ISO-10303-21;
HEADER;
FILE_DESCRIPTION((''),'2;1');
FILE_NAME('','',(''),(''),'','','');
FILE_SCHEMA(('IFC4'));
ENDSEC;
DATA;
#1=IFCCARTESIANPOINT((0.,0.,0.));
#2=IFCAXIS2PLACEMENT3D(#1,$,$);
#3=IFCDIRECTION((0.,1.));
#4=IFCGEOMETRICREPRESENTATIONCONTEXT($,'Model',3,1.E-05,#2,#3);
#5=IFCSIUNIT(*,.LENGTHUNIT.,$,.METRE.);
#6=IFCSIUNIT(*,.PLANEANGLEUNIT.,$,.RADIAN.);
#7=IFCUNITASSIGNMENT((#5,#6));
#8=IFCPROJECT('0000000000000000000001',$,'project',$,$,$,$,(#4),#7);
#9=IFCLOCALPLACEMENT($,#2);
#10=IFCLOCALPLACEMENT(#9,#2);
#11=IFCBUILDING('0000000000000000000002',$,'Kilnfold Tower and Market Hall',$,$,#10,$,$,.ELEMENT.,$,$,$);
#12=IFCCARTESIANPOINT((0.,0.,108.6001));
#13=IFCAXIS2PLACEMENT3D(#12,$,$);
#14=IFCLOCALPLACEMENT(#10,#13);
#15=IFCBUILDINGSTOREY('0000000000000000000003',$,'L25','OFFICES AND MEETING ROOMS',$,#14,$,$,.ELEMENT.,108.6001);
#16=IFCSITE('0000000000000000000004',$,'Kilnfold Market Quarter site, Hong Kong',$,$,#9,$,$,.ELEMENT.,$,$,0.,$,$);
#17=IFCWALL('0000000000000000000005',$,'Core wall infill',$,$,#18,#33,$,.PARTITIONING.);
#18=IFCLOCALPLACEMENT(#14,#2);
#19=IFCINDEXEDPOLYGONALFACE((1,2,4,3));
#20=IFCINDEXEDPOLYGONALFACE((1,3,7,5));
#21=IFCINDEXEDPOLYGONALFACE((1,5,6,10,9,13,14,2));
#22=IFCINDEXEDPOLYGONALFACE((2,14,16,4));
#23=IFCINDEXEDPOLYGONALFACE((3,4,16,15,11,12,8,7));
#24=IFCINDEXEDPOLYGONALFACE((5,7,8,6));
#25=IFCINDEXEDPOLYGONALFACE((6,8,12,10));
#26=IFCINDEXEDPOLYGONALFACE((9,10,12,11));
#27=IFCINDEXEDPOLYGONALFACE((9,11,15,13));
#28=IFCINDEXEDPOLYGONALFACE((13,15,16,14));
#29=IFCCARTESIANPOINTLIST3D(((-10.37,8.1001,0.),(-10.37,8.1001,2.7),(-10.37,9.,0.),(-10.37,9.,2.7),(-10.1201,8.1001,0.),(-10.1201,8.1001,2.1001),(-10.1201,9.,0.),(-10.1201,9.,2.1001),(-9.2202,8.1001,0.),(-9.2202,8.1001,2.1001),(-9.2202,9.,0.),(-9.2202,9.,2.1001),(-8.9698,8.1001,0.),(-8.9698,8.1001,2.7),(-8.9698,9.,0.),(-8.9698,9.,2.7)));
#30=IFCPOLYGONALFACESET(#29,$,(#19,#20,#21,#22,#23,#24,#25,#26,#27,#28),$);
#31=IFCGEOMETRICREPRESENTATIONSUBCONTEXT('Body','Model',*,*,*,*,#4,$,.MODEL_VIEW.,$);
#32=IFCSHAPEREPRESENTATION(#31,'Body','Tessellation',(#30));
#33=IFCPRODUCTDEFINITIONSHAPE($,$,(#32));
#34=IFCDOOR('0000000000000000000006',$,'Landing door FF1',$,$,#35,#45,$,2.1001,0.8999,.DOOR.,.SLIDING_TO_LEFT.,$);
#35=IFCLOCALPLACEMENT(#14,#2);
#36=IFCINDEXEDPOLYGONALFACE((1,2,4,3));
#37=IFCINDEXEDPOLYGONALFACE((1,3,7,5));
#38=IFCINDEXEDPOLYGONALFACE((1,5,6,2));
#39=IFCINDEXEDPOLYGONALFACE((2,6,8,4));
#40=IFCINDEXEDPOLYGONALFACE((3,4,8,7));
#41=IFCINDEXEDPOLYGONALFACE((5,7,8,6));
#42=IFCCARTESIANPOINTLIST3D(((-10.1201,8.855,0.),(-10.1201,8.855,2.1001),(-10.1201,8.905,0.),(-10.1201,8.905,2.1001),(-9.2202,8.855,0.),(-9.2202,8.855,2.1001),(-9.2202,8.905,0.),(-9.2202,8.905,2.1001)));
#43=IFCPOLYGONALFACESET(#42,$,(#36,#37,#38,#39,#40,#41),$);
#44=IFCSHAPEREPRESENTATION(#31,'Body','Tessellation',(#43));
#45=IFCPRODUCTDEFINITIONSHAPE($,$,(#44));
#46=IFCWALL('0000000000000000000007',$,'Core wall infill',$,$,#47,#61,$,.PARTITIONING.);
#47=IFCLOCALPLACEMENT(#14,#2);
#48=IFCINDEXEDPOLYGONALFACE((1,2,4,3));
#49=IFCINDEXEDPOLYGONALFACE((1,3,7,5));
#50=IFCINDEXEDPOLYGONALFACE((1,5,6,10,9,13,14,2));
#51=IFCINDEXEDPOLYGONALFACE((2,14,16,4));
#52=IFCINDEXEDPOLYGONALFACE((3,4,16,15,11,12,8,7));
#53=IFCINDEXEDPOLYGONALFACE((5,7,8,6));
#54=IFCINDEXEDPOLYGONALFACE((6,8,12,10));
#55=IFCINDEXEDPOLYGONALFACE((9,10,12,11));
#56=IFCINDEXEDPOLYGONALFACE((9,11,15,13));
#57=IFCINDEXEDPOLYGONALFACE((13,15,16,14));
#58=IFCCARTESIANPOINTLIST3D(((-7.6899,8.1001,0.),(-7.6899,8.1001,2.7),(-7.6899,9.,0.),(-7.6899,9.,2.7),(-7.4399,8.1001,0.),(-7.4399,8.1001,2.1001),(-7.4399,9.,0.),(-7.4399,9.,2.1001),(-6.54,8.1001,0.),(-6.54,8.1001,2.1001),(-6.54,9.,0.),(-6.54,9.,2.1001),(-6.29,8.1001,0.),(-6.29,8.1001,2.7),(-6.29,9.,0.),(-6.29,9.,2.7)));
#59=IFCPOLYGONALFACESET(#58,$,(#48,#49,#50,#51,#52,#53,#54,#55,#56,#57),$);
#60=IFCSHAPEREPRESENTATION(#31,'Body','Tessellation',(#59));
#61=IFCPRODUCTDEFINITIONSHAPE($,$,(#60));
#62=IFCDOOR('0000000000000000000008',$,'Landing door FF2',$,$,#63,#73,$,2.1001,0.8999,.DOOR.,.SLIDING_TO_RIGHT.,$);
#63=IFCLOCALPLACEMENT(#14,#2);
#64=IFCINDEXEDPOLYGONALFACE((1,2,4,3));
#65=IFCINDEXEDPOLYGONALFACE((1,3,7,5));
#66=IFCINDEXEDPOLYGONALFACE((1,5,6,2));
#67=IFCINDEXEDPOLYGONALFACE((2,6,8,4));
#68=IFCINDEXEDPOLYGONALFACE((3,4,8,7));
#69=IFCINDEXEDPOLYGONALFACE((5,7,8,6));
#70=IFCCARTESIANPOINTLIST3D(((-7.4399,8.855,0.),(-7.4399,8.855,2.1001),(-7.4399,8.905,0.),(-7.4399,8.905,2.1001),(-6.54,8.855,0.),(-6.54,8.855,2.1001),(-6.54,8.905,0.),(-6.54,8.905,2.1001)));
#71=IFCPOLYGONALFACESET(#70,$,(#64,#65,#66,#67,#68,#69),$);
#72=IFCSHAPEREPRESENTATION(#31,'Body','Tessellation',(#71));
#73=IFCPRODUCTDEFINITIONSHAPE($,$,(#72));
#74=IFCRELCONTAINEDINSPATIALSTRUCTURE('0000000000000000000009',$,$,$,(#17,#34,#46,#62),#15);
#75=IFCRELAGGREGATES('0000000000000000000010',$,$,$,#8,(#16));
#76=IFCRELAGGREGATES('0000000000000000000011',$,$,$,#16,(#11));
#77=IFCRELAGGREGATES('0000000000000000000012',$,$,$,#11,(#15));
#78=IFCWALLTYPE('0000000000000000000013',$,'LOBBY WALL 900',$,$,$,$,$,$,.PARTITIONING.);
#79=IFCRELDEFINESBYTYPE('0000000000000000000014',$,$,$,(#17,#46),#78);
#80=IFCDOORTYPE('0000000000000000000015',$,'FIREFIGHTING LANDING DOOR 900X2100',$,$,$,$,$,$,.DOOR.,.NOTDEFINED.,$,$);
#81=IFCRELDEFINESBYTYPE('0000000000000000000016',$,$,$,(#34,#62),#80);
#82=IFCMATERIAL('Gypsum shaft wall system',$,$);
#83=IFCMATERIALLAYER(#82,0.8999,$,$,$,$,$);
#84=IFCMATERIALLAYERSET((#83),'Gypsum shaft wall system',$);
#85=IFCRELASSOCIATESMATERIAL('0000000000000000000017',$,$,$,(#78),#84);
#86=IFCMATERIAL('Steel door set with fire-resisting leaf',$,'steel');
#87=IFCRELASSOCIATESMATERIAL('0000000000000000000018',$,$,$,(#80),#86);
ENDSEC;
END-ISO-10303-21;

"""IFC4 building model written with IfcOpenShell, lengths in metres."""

from ifc_helpers import new_model, si_unit, direction, frame, frame_2d, origin, place, context, subcontext, project, spatial, rectangle, extrude, source, transform, mapped, material, layer, layer_set, type_object, element, fill, save


model = new_model("IFC4")

# Units and contexts
model_context = context("Model", 3, precision=1e-05, world=origin(), true_north=direction((0.0, 1.0)))
body_context = subcontext(model_context, "Body", "Model", "MODEL_VIEW")
ifc_project = project(units=[si_unit("LENGTHUNIT", "METRE"), si_unit("PLANEANGLEUNIT", "RADIAN")], contexts=[model_context])

# Site, building, storey
site_placement = place(None, origin())
site = spatial("IfcSite", under=ifc_project, at=site_placement, Name="Kilnfold Market Quarter site, Hong Kong", CompositionType="ELEMENT", RefElevation=0.0)
building_placement = place(site_placement, origin())
building = spatial("IfcBuilding", under=site, at=building_placement, Name="Kilnfold Tower and Market Hall", CompositionType="ELEMENT")
storey_placement = place(building_placement, frame((0.0, 0.0, 108.6001)))
storey = spatial("IfcBuildingStorey", under=building, at=storey_placement, Name="L25", Description="OFFICES AND MEETING ROOMS", CompositionType="ELEMENT", Elevation=108.6001)

# Walls, openings, doors
ifc_material_1 = material(Name="Gypsum shaft wall system")
ifc_layer_1 = layer(ifc_material_1, 0.8999)
ifc_layer_set_1 = layer_set([ifc_layer_1], Name="Gypsum shaft wall system")
wall_type_1 = type_object("IfcWallType", Name="LOBBY WALL 900", PredefinedType="PARTITIONING", material=ifc_layer_set_1)
shared_shape_1 = source(origin(), body_context, "Body", "SweptSolid", [
    extrude(rectangle(XDim=1.4001, YDim=0.8999, at=frame_2d((0.7002, 0.0))), origin(), (0.0, 0.0, 1.0), 2.7),
])
wall_1_placement = place(storey_placement, frame((-10.3701, 8.55, 0.0), z_axis=(0.0, 0.0, 1.0), x_axis=(1.0, 0.0, 0.0)))
wall_1 = element("IfcWall", 1, at=wall_1_placement, inside=storey, type_object=wall_type_1, Name="Core wall infill", PredefinedType="PARTITIONING", context=body_context, shape_type="MappedRepresentation", body=[
    mapped(shared_shape_1, transform((0.0, 0.0, 0.0))),
])
opening_1_placement = place(wall_1_placement, frame((0.25, 0.0, 0.0)))
opening_1 = element("IfcOpeningElement", 2, at=opening_1_placement, cuts=wall_1, PredefinedType="OPENING", context=body_context, shape_type="SweptSolid", body=[
    extrude(rectangle(XDim=0.8999, YDim=2.1001, at=frame_2d((0.45, 1.05))), frame((0.0, 0.46, 0.0), z_axis=(0.0, -1.0, 0.0), x_axis=(1.0, 0.0, 0.0)), (0.0, 0.0, 1.0), 0.9199),
])
ifc_material_2 = material(Name="Steel door set with fire-resisting leaf", Category="steel")
door_type_1 = type_object("IfcDoorType", Name="FIREFIGHTING LANDING DOOR 900X2100", OperationType="NOTDEFINED", PredefinedType="DOOR", material=ifc_material_2)
door_1_placement = place(opening_1_placement, origin())
door_1 = element("IfcDoor", 3, at=door_1_placement, inside=storey, type_object=door_type_1, Name="Landing door FF1", OperationType="SLIDING_TO_LEFT", OverallHeight=2.1001, OverallWidth=0.8999, PredefinedType="DOOR", context=body_context, shape_type="SweptSolid", body=[
    extrude(rectangle(XDim=0.8999, YDim=2.1001, at=frame_2d((0.45, 1.05))), frame((0.0, 0.355, 0.0), z_axis=(0.0, -1.0, 0.0), x_axis=(1.0, 0.0, 0.0)), (0.0, 0.0, 1.0), 0.05),
])
fill(opening_1, door_1)
shared_shape_2 = source(origin(), body_context, "Body", "SweptSolid", [
    extrude(rectangle(XDim=1.3999, YDim=0.8999, at=frame_2d((0.7, 0.0))), origin(), (0.0, 0.0, 1.0), 2.7),
])
wall_2_placement = place(storey_placement, frame((-7.6899, 8.55, 0.0), z_axis=(0.0, 0.0, 1.0), x_axis=(1.0, 0.0, 0.0)))
wall_2 = element("IfcWall", 4, at=wall_2_placement, inside=storey, type_object=wall_type_1, Name="Core wall infill", PredefinedType="PARTITIONING", context=body_context, shape_type="MappedRepresentation", body=[
    mapped(shared_shape_2, transform((0.0, 0.0, 0.0))),
])
opening_2_placement = place(wall_2_placement, frame((0.25, 0.0, 0.0)))
opening_2 = element("IfcOpeningElement", 5, at=opening_2_placement, cuts=wall_2, PredefinedType="OPENING", context=body_context, shape_type="SweptSolid", body=[
    extrude(rectangle(XDim=0.8999, YDim=2.1001, at=frame_2d((0.45, 1.05))), frame((0.0, 0.46, 0.0), z_axis=(0.0, -1.0, 0.0), x_axis=(1.0, 0.0, 0.0)), (0.0, 0.0, 1.0), 0.9199),
])
door_2_placement = place(opening_2_placement, origin())
door_2 = element("IfcDoor", 6, at=door_2_placement, inside=storey, type_object=door_type_1, Name="Landing door FF2", OperationType="SLIDING_TO_RIGHT", OverallHeight=2.1001, OverallWidth=0.8999, PredefinedType="DOOR", context=body_context, shape_type="SweptSolid", body=[
    extrude(rectangle(XDim=0.8999, YDim=2.1001, at=frame_2d((0.45, 1.05))), frame((0.0, 0.355, 0.0), z_axis=(0.0, -1.0, 0.0), x_axis=(1.0, 0.0, 0.0)), (0.0, 0.0, 1.0), 0.05),
])
fill(opening_2, door_2)

save(model, "model.ifc")
